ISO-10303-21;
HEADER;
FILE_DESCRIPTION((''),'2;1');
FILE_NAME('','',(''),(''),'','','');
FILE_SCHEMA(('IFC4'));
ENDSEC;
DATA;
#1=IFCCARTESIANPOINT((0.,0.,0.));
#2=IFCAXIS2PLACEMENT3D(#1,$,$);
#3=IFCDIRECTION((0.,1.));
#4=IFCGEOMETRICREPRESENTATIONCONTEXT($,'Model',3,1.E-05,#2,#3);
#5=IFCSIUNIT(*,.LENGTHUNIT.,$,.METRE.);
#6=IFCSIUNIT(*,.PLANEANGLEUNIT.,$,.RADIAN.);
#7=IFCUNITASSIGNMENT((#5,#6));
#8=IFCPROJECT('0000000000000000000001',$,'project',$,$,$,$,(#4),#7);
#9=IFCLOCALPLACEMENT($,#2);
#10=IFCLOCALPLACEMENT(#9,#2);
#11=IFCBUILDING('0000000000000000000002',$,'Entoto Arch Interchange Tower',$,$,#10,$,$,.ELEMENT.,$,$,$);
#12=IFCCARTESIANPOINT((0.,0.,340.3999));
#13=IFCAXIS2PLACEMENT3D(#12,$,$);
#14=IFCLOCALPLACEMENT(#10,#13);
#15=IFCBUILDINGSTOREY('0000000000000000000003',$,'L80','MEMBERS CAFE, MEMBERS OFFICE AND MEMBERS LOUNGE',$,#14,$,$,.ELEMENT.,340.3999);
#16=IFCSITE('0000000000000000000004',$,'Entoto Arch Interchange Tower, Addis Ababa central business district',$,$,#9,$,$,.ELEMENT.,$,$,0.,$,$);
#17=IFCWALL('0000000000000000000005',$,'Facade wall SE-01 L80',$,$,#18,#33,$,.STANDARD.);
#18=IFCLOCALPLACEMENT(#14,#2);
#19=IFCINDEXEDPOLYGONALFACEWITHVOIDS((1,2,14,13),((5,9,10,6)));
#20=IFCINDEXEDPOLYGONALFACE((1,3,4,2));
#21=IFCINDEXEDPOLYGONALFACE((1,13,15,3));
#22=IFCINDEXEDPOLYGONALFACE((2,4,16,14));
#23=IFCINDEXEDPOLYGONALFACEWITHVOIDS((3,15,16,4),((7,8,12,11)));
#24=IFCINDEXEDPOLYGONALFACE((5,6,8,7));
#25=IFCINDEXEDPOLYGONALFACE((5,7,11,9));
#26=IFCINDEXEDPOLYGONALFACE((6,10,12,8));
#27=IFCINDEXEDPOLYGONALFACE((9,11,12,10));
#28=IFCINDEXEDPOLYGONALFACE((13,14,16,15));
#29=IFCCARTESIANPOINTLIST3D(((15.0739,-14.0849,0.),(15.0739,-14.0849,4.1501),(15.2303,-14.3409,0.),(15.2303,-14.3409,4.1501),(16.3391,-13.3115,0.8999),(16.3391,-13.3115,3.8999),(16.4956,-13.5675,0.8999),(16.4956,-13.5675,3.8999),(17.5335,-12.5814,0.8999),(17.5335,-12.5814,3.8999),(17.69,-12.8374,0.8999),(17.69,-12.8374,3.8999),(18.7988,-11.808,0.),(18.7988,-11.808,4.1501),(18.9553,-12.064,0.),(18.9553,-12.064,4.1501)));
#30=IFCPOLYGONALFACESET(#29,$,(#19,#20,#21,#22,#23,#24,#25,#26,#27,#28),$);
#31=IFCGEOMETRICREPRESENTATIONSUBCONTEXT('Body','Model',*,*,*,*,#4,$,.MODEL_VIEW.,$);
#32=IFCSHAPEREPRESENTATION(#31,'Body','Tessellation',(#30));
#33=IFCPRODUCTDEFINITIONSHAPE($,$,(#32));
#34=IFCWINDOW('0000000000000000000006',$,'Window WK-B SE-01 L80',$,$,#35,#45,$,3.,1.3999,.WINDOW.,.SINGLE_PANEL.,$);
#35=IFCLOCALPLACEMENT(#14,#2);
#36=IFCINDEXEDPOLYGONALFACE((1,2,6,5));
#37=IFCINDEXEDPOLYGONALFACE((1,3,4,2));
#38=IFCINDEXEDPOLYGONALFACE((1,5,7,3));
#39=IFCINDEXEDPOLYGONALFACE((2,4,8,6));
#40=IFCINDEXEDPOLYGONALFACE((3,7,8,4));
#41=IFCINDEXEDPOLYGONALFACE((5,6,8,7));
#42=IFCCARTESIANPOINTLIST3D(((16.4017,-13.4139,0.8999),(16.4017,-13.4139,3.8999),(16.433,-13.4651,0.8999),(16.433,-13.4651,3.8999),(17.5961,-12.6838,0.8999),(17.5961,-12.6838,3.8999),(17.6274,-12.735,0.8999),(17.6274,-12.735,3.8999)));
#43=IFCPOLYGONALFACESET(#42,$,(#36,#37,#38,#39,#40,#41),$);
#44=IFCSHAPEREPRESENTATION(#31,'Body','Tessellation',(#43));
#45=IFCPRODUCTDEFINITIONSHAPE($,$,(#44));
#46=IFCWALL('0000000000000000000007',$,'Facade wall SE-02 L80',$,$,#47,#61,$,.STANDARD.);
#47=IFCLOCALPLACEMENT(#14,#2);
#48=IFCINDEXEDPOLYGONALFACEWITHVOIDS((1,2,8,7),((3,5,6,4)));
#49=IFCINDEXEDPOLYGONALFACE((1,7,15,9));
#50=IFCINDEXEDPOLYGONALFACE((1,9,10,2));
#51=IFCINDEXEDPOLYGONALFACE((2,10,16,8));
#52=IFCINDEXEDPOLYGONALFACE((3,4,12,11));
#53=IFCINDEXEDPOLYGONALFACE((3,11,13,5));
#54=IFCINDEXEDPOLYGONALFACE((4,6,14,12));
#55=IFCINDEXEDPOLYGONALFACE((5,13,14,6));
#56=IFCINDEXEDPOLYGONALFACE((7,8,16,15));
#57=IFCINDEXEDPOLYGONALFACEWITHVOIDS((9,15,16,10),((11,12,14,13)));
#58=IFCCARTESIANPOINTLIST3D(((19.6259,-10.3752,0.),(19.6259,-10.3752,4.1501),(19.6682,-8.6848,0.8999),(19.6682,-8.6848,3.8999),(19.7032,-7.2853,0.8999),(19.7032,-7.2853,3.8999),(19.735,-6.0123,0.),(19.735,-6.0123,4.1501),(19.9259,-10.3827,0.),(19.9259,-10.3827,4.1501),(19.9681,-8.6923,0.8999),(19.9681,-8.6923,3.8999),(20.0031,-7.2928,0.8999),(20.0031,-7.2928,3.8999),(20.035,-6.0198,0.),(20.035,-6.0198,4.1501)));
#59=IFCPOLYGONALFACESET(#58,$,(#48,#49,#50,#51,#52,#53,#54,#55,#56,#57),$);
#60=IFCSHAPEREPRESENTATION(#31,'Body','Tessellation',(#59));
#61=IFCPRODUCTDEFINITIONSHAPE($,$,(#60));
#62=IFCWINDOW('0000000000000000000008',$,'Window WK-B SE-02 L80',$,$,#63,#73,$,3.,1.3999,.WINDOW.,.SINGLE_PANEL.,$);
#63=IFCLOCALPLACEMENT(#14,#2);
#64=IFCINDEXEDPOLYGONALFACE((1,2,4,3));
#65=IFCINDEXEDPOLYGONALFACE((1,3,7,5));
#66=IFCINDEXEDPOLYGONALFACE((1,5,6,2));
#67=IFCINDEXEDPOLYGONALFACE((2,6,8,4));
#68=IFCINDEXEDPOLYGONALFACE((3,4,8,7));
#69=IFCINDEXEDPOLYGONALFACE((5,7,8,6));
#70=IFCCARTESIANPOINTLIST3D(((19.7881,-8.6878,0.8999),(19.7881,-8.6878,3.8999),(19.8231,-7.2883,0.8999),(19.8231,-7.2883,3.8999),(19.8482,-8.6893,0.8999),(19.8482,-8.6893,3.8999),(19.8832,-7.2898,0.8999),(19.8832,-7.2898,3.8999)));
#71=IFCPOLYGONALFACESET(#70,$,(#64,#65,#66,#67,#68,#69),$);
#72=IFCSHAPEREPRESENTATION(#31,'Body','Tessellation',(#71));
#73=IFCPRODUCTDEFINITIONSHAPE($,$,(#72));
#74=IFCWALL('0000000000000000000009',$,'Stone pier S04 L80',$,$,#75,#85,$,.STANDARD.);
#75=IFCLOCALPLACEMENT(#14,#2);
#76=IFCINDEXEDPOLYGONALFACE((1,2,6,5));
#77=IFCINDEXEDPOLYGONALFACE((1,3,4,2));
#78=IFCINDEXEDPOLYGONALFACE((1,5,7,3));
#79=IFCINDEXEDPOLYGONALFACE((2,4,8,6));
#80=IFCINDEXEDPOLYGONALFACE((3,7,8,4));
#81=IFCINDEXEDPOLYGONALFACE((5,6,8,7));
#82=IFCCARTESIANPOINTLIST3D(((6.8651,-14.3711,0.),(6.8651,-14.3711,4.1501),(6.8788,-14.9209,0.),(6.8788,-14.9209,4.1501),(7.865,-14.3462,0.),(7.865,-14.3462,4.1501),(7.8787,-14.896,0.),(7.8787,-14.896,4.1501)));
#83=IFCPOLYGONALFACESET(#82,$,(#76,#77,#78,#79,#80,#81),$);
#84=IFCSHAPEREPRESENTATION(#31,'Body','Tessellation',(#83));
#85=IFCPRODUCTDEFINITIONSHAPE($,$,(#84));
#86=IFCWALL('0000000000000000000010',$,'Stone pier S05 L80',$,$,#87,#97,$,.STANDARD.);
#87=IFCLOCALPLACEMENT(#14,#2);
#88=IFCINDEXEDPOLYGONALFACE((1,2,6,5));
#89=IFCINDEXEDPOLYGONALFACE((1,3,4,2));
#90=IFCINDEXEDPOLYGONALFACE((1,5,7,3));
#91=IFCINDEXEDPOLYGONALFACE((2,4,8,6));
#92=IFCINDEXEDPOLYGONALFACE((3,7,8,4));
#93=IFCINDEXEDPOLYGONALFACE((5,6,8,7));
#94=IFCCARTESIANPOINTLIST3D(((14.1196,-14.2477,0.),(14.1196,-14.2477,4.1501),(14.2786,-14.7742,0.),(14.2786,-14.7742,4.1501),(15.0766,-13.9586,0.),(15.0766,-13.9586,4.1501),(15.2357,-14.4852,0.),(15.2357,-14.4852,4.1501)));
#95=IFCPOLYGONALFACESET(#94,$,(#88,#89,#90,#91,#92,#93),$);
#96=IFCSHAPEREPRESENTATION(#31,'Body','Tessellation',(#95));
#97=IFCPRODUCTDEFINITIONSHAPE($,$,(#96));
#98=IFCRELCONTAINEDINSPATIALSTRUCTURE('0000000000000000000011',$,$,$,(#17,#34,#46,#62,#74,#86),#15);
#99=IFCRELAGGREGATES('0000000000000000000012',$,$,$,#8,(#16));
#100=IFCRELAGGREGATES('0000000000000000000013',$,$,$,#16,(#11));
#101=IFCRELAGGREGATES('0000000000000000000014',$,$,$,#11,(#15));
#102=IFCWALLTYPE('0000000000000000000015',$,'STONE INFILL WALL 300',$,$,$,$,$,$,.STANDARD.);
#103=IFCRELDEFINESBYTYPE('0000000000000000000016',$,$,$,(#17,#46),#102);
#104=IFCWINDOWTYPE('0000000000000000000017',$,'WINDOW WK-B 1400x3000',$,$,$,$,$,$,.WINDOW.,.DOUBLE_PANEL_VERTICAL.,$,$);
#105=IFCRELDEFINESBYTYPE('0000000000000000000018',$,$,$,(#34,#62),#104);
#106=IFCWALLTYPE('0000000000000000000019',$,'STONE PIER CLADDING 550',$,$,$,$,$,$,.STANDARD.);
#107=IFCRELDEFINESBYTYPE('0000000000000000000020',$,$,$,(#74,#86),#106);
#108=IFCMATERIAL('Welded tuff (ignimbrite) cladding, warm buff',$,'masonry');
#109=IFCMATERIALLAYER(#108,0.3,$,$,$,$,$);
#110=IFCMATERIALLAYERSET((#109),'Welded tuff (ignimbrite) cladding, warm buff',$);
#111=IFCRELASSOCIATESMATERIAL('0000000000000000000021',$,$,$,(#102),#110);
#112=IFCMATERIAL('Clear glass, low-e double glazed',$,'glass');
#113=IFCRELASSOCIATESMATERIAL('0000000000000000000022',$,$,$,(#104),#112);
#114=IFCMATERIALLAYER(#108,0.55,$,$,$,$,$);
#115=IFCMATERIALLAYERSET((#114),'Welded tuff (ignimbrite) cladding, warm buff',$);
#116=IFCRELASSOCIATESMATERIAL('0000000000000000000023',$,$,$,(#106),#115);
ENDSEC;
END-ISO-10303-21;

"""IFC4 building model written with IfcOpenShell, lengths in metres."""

from ifc_helpers import new_model, si_unit, direction, frame, frame_2d, origin, place, context, subcontext, project, spatial, rectangle, extrude, material, layer, layer_set, type_object, element, fill, save


model = new_model("IFC4")

# Units and contexts
model_context = context("Model", 3, precision=1e-05, world=origin(), true_north=direction((0.0, 1.0)))
body_context = subcontext(model_context, "Body", "Model", "MODEL_VIEW")
ifc_project = project(units=[si_unit("LENGTHUNIT", "METRE"), si_unit("PLANEANGLEUNIT", "RADIAN")], contexts=[model_context])

# Site, building, storey
site_placement = place(None, origin())
site = spatial("IfcSite", under=ifc_project, at=site_placement, Name="Entoto Arch Interchange Tower, Addis Ababa central business district", CompositionType="ELEMENT", RefElevation=0.0)
building_placement = place(site_placement, origin())
building = spatial("IfcBuilding", under=site, at=building_placement, Name="Entoto Arch Interchange Tower", CompositionType="ELEMENT")
storey_placement = place(building_placement, frame((0.0, 0.0, 340.3999)))
storey = spatial("IfcBuildingStorey", under=building, at=storey_placement, Name="L80", Description="MEMBERS CAFE, MEMBERS OFFICE AND MEMBERS LOUNGE", CompositionType="ELEMENT", Elevation=340.3999)

# Shared definitions
ifc_material_1 = material(Name="Welded tuff (ignimbrite) cladding, warm buff", Category="masonry")
ifc_layer_1 = layer(ifc_material_1, 0.3)
ifc_layer_set_1 = layer_set([ifc_layer_1], Name="Welded tuff (ignimbrite) cladding, warm buff")
wall_type_1 = type_object("IfcWallType", Name="STONE INFILL WALL 300", PredefinedType="STANDARD", material=ifc_layer_set_1)
ifc_material_2 = material(Name="Clear glass, low-e double glazed", Category="glass")

# Walls, openings, windows
wall_1_placement = place(storey_placement, frame((15.1521, -14.2129, 0.0), z_axis=(0.0, 0.0, 1.0), x_axis=(0.853225, 0.521543, 0.0)))
wall_1 = element("IfcWall", 1, at=wall_1_placement, inside=storey, type_object=wall_type_1, Name="Facade wall SE-01 L80", PredefinedType="STANDARD", context=body_context, shape_type="SweptSolid", body=[
    extrude(rectangle(XDim=4.3657, YDim=0.3, at=frame_2d((2.1829, 0.0))), origin(), (0.0, 0.0, 1.0), 4.1501),
])
opening_1_placement = place(wall_1_placement, frame((1.4829, 0.0, 0.8999)))
opening_1 = element("IfcOpeningElement", 2, at=opening_1_placement, cuts=wall_1, PredefinedType="OPENING", context=body_context, shape_type="SweptSolid", body=[
    extrude(rectangle(XDim=1.3999, YDim=3.0, at=frame_2d((0.7, 1.5))), frame((0.0, 0.1602, 0.0), z_axis=(0.0, -1.0, 0.0), x_axis=(1.0, 0.0, 0.0)), (0.0, 0.0, 1.0), 0.3201),
])
window_type_1 = type_object("IfcWindowType", Name="WINDOW WK-B 1400x3000", PartitioningType="DOUBLE_PANEL_VERTICAL", PredefinedType="WINDOW", material=ifc_material_2)
window_1_placement = place(opening_1_placement, origin())
window_1 = element("IfcWindow", 3, at=window_1_placement, inside=storey, type_object=window_type_1, Name="Window WK-B SE-01 L80", OverallHeight=3.0, OverallWidth=1.3999, PartitioningType="SINGLE_PANEL", PredefinedType="WINDOW", context=body_context, shape_type="SweptSolid", body=[
    extrude(rectangle(XDim=1.3999, YDim=3.0, at=frame_2d((0.7, 1.5))), frame((0.0, 0.03, 0.0), z_axis=(0.0, -1.0, 0.0), x_axis=(1.0, 0.0, 0.0)), (0.0, 0.0, 1.0), 0.0601),
])
fill(opening_1, window_1)
wall_2_placement = place(storey_placement, frame((19.7759, -10.3789, 0.0), z_axis=(0.0, 0.0, 1.0), x_axis=(0.025006, 0.999687, 0.0)))
wall_2 = element("IfcWall", 4, at=wall_2_placement, inside=storey, type_object=wall_type_1, Name="Facade wall SE-02 L80", PredefinedType="STANDARD", context=body_context, shape_type="SweptSolid", body=[
    extrude(rectangle(XDim=4.3643, YDim=0.3, at=frame_2d((2.1821, 0.0))), origin(), (0.0, 0.0, 1.0), 4.1501),
])
opening_2_placement = place(wall_2_placement, frame((1.6909, 0.0, 0.8999)))
opening_2 = element("IfcOpeningElement", 5, at=opening_2_placement, cuts=wall_2, PredefinedType="OPENING", context=body_context, shape_type="SweptSolid", body=[
    extrude(rectangle(XDim=1.3999, YDim=3.0, at=frame_2d((0.7, 1.5))), frame((0.0, 0.1602, 0.0), z_axis=(0.0, -1.0, 0.0), x_axis=(1.0, 0.0, 0.0)), (0.0, 0.0, 1.0), 0.3201),
])
window_2_placement = place(opening_2_placement, origin())
window_2 = element("IfcWindow", 6, at=window_2_placement, inside=storey, type_object=window_type_1, Name="Window WK-B SE-02 L80", OverallHeight=3.0, OverallWidth=1.3999, PartitioningType="SINGLE_PANEL", PredefinedType="WINDOW", context=body_context, shape_type="SweptSolid", body=[
    extrude(rectangle(XDim=1.3999, YDim=3.0, at=frame_2d((0.7, 1.5))), frame((0.0, 0.03, 0.0), z_axis=(0.0, -1.0, 0.0), x_axis=(1.0, 0.0, 0.0)), (0.0, 0.0, 1.0), 0.0601),
])
fill(opening_2, window_2)

# Walls
ifc_layer_2 = layer(ifc_material_1, 0.55)
ifc_layer_set_2 = layer_set([ifc_layer_2], Name="Welded tuff (ignimbrite) cladding, warm buff")
wall_type_2 = type_object("IfcWallType", Name="STONE PIER CLADDING 550", PredefinedType="STANDARD", material=ifc_layer_set_2)
wall_3_placement = place(storey_placement, frame((6.8721, -14.646, 0.0), z_axis=(0.0, 0.0, 1.0), x_axis=(0.99969, 0.024895, 0.0)))
element("IfcWall", 7, at=wall_3_placement, inside=storey, type_object=wall_type_2, Name="Stone pier S04 L80", PredefinedType="STANDARD", context=body_context, shape_type="SweptSolid", body=[
    extrude(rectangle(XDim=1.0002, YDim=0.55, at=frame_2d((0.5, 0.0))), origin(), (0.0, 0.0, 1.0), 4.1501),
])
wall_4_placement = place(storey_placement, frame((14.199, -14.511, 0.0), z_axis=(0.0, 0.0, 1.0), x_axis=(0.957287, 0.28914, 0.0)))
element("IfcWall", 8, at=wall_4_placement, inside=storey, type_object=wall_type_2, Name="Stone pier S05 L80", PredefinedType="STANDARD", context=body_context, shape_type="SweptSolid", body=[
    extrude(rectangle(XDim=0.9998, YDim=0.55, at=frame_2d((0.5, 0.0))), origin(), (0.0, 0.0, 1.0), 4.1501),
])

save(model, "model.ifc")
